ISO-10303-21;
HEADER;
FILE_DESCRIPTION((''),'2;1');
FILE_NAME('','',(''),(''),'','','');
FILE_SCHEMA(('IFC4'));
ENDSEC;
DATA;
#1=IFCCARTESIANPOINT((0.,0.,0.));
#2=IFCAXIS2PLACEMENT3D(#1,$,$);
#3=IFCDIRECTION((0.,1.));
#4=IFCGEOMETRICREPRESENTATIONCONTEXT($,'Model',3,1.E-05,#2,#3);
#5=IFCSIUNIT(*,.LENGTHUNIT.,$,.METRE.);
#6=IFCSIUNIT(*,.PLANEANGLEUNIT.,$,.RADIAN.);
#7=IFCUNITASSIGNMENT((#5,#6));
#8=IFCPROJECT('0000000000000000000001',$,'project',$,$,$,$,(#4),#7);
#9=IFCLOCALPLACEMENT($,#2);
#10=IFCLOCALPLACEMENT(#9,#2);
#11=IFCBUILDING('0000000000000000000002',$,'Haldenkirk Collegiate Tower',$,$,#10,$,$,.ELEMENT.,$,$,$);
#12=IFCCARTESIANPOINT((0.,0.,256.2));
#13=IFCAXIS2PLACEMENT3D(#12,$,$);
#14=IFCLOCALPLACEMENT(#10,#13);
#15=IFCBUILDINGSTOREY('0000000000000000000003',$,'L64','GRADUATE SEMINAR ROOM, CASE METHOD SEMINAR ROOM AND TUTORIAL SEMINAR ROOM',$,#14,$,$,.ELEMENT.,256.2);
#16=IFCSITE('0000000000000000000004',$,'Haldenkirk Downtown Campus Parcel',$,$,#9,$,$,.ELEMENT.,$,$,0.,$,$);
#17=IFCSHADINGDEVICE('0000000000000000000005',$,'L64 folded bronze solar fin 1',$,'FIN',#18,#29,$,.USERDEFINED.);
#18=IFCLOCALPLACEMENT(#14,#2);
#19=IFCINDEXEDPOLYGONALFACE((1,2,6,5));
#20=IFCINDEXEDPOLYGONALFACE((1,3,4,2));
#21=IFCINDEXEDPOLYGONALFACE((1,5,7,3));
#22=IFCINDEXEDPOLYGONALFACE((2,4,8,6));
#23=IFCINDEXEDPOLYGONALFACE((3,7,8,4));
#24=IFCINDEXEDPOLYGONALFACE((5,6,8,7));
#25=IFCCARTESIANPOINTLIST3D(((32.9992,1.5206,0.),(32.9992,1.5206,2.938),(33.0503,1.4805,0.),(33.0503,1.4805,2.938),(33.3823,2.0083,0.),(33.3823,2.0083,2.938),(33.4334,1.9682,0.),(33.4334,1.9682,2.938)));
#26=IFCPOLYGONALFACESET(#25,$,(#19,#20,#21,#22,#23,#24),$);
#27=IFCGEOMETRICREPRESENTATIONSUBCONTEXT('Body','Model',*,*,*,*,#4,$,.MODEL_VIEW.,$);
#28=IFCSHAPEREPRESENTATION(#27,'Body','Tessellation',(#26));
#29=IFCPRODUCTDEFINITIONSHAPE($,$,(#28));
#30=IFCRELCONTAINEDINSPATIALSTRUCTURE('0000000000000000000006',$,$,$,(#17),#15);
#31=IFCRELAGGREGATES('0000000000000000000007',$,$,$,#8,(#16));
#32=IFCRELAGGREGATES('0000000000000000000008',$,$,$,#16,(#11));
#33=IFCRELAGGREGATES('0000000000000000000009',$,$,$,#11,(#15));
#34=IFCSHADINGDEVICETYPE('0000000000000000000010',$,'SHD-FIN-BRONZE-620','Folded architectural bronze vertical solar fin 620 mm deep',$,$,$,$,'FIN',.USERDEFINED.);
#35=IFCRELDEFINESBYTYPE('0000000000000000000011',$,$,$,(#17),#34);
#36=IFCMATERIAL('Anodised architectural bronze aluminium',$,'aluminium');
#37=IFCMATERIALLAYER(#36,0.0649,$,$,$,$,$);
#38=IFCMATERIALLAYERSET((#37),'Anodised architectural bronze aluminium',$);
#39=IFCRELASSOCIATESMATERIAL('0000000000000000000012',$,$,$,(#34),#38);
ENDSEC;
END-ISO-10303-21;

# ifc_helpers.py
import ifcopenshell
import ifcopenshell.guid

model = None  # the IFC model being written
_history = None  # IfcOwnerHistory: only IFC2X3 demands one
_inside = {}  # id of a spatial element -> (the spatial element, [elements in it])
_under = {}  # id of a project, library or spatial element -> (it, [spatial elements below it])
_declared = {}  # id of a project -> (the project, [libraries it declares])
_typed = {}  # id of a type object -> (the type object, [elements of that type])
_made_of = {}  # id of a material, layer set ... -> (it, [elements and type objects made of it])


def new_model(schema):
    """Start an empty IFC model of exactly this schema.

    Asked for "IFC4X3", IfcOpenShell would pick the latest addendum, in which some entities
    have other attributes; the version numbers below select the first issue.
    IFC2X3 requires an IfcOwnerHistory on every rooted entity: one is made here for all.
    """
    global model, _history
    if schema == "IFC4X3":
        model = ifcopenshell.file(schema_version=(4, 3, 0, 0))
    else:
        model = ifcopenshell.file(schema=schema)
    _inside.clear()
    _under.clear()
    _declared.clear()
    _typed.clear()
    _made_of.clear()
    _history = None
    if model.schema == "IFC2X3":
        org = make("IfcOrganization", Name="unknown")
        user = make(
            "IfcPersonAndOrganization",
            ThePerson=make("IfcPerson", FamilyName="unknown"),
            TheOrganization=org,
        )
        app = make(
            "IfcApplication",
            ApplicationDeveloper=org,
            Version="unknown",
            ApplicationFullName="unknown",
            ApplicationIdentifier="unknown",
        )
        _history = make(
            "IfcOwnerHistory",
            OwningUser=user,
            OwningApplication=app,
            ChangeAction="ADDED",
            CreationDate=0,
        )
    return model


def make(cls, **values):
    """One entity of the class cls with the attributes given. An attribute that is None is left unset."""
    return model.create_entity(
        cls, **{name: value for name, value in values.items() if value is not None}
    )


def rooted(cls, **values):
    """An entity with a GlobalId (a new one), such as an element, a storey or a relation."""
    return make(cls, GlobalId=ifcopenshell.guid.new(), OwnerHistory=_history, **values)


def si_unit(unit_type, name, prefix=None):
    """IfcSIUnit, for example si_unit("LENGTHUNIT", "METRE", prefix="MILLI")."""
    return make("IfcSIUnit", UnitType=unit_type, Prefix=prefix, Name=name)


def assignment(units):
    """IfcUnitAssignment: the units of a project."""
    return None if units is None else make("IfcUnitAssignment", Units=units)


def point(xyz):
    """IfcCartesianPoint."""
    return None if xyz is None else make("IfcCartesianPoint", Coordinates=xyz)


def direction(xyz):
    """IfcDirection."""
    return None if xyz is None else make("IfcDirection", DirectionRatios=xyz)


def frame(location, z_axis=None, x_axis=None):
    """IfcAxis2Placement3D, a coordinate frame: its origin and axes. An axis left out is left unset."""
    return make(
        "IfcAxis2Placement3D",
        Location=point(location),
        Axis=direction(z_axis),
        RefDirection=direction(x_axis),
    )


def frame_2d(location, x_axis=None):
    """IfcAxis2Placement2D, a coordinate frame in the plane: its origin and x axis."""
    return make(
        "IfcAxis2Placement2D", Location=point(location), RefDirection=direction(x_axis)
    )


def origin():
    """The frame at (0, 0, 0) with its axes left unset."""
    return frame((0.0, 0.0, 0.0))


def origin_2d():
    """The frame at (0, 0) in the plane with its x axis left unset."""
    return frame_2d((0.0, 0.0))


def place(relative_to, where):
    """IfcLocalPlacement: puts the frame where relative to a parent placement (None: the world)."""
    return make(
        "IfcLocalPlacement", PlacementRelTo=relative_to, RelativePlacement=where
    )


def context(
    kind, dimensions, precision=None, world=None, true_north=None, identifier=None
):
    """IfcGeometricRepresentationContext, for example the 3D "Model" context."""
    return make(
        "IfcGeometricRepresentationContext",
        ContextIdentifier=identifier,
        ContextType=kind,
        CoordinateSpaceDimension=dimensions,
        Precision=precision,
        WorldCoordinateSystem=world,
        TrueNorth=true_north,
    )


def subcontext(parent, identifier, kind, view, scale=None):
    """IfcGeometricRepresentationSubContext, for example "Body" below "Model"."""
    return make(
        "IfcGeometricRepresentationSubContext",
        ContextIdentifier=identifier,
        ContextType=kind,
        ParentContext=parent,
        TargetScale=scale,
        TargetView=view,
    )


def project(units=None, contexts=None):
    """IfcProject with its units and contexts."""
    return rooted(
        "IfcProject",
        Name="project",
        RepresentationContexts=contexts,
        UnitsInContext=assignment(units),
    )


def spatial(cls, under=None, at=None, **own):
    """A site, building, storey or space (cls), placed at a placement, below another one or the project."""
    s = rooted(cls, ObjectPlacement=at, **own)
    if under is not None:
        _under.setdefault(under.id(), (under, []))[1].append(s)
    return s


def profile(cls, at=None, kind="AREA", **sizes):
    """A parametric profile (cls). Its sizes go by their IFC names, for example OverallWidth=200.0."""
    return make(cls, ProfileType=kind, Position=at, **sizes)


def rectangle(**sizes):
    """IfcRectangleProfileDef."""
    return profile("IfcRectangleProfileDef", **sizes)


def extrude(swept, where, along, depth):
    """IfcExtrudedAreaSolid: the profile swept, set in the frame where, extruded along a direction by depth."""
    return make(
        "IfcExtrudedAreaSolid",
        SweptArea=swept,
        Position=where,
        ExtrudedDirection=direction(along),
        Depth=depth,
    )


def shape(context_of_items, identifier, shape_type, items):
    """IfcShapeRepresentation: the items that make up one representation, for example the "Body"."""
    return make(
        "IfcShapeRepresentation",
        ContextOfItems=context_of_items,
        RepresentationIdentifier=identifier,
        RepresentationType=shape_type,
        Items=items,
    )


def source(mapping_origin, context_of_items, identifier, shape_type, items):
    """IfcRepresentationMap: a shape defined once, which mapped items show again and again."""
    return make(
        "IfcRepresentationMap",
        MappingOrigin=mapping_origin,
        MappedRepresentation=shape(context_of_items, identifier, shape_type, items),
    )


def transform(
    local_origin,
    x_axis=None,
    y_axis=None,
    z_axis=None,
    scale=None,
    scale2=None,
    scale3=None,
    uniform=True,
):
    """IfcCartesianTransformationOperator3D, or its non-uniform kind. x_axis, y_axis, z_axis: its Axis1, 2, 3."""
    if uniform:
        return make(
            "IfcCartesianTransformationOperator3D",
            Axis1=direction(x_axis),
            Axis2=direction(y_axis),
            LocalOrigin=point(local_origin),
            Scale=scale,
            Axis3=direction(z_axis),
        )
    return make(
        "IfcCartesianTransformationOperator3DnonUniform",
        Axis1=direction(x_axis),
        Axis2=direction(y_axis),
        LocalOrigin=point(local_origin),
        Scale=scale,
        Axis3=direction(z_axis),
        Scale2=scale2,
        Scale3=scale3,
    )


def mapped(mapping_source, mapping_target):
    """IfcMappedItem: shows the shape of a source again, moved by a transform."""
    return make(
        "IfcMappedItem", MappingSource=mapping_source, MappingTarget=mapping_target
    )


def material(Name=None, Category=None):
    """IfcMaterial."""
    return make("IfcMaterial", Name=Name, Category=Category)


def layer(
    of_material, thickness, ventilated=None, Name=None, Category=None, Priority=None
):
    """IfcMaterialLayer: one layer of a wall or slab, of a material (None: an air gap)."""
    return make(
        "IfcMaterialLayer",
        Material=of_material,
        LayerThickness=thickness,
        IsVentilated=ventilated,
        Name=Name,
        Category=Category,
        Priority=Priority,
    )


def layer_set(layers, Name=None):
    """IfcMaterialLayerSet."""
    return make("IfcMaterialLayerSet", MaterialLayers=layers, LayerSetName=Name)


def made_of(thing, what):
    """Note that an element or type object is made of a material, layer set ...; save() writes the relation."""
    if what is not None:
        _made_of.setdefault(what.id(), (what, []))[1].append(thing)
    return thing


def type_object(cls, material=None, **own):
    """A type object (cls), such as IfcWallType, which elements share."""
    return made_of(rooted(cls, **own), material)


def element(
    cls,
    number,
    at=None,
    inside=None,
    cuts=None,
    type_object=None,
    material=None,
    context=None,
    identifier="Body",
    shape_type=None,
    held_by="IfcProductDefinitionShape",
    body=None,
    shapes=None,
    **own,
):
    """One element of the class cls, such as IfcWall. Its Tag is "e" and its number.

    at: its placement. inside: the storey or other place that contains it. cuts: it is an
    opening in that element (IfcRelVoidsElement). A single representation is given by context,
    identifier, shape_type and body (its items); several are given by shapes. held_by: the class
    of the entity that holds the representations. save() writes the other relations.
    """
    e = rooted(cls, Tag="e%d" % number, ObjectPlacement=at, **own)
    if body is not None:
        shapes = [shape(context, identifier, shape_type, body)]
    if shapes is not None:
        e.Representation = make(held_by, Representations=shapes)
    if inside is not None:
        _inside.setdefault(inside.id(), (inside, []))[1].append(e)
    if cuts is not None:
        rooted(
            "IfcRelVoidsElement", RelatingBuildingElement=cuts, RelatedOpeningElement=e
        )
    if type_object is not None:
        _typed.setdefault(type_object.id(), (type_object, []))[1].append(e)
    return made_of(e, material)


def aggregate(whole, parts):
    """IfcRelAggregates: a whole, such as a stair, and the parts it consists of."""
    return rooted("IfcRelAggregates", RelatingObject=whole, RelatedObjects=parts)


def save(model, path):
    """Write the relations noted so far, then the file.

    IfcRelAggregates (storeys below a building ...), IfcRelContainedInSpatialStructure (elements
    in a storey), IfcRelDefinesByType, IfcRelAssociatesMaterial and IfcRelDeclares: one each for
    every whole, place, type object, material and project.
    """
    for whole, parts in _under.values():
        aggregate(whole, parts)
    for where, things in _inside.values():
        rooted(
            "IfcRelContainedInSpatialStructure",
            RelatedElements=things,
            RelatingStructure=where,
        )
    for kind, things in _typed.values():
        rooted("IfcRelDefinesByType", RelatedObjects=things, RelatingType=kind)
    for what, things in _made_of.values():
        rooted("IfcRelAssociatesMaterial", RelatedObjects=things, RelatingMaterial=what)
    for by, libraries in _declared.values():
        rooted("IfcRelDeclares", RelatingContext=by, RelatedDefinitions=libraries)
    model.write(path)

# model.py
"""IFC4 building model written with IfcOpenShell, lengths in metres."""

from ifc_helpers import new_model, si_unit, direction, frame, origin, origin_2d, place, context, subcontext, project, spatial, rectangle, extrude, source, transform, mapped, material, layer, layer_set, type_object, element, save


model = new_model("IFC4")

# Units and contexts
model_context = context("Model", 3, precision=1e-05, world=origin(), true_north=direction((0.0, 1.0)))
body_context = subcontext(model_context, "Body", "Model", "MODEL_VIEW")
ifc_project = project(units=[si_unit("LENGTHUNIT", "METRE"), si_unit("PLANEANGLEUNIT", "RADIAN")], contexts=[model_context])

# Site, building, storey
site_placement = place(None, origin())
site = spatial("IfcSite", under=ifc_project, at=site_placement, Name="Haldenkirk Downtown Campus Parcel", CompositionType="ELEMENT", RefElevation=0.0)
building_placement = place(site_placement, origin())
building = spatial("IfcBuilding", under=site, at=building_placement, Name="Haldenkirk Collegiate Tower", CompositionType="ELEMENT")
storey_placement = place(building_placement, frame((0.0, 0.0, 256.2)))
storey = spatial("IfcBuildingStorey", under=building, at=storey_placement, Name="L64", Description="GRADUATE SEMINAR ROOM, CASE METHOD SEMINAR ROOM AND TUTORIAL SEMINAR ROOM", CompositionType="ELEMENT", Elevation=256.2)

# Shared definitions
ifc_material_1 = material(Name="Anodised architectural bronze aluminium", Category="aluminium")

# Shading device
ifc_layer_1 = layer(ifc_material_1, 0.0649)
ifc_layer_set_1 = layer_set([ifc_layer_1], Name="Anodised architectural bronze aluminium")
shading_device_type = type_object("IfcShadingDeviceType", Name="SHD-FIN-BRONZE-620", Description="Folded architectural bronze vertical solar fin 620 mm deep", ElementType="FIN", PredefinedType="USERDEFINED", material=ifc_layer_set_1)
shared_shape_1 = source(origin(), body_context, "Body", "SweptSolid", [
    extrude(rectangle(XDim=0.6201, YDim=0.0649, at=origin_2d()), origin(), (0.0, 0.0, 1.0), 2.938),
])
shading_device_placement = place(storey_placement, frame((33.2163, 1.7444, 0.0), z_axis=(0.0, 0.0, 1.0), x_axis=(-0.617722, -0.786396, 0.0)))
element("IfcShadingDevice", 1, at=shading_device_placement, inside=storey, type_object=shading_device_type, Name="L64 folded bronze solar fin 1", ObjectType="FIN", PredefinedType="USERDEFINED", context=body_context, shape_type="MappedRepresentation", body=[
    mapped(shared_shape_1, transform((0.0, 0.0, 0.0), x_axis=(1.0, 0.0, 0.0), y_axis=(0.0, 1.0, 0.0), z_axis=(0.0, 0.0, 1.0), scale=1.0)),
])

save(model, "model.ifc")
